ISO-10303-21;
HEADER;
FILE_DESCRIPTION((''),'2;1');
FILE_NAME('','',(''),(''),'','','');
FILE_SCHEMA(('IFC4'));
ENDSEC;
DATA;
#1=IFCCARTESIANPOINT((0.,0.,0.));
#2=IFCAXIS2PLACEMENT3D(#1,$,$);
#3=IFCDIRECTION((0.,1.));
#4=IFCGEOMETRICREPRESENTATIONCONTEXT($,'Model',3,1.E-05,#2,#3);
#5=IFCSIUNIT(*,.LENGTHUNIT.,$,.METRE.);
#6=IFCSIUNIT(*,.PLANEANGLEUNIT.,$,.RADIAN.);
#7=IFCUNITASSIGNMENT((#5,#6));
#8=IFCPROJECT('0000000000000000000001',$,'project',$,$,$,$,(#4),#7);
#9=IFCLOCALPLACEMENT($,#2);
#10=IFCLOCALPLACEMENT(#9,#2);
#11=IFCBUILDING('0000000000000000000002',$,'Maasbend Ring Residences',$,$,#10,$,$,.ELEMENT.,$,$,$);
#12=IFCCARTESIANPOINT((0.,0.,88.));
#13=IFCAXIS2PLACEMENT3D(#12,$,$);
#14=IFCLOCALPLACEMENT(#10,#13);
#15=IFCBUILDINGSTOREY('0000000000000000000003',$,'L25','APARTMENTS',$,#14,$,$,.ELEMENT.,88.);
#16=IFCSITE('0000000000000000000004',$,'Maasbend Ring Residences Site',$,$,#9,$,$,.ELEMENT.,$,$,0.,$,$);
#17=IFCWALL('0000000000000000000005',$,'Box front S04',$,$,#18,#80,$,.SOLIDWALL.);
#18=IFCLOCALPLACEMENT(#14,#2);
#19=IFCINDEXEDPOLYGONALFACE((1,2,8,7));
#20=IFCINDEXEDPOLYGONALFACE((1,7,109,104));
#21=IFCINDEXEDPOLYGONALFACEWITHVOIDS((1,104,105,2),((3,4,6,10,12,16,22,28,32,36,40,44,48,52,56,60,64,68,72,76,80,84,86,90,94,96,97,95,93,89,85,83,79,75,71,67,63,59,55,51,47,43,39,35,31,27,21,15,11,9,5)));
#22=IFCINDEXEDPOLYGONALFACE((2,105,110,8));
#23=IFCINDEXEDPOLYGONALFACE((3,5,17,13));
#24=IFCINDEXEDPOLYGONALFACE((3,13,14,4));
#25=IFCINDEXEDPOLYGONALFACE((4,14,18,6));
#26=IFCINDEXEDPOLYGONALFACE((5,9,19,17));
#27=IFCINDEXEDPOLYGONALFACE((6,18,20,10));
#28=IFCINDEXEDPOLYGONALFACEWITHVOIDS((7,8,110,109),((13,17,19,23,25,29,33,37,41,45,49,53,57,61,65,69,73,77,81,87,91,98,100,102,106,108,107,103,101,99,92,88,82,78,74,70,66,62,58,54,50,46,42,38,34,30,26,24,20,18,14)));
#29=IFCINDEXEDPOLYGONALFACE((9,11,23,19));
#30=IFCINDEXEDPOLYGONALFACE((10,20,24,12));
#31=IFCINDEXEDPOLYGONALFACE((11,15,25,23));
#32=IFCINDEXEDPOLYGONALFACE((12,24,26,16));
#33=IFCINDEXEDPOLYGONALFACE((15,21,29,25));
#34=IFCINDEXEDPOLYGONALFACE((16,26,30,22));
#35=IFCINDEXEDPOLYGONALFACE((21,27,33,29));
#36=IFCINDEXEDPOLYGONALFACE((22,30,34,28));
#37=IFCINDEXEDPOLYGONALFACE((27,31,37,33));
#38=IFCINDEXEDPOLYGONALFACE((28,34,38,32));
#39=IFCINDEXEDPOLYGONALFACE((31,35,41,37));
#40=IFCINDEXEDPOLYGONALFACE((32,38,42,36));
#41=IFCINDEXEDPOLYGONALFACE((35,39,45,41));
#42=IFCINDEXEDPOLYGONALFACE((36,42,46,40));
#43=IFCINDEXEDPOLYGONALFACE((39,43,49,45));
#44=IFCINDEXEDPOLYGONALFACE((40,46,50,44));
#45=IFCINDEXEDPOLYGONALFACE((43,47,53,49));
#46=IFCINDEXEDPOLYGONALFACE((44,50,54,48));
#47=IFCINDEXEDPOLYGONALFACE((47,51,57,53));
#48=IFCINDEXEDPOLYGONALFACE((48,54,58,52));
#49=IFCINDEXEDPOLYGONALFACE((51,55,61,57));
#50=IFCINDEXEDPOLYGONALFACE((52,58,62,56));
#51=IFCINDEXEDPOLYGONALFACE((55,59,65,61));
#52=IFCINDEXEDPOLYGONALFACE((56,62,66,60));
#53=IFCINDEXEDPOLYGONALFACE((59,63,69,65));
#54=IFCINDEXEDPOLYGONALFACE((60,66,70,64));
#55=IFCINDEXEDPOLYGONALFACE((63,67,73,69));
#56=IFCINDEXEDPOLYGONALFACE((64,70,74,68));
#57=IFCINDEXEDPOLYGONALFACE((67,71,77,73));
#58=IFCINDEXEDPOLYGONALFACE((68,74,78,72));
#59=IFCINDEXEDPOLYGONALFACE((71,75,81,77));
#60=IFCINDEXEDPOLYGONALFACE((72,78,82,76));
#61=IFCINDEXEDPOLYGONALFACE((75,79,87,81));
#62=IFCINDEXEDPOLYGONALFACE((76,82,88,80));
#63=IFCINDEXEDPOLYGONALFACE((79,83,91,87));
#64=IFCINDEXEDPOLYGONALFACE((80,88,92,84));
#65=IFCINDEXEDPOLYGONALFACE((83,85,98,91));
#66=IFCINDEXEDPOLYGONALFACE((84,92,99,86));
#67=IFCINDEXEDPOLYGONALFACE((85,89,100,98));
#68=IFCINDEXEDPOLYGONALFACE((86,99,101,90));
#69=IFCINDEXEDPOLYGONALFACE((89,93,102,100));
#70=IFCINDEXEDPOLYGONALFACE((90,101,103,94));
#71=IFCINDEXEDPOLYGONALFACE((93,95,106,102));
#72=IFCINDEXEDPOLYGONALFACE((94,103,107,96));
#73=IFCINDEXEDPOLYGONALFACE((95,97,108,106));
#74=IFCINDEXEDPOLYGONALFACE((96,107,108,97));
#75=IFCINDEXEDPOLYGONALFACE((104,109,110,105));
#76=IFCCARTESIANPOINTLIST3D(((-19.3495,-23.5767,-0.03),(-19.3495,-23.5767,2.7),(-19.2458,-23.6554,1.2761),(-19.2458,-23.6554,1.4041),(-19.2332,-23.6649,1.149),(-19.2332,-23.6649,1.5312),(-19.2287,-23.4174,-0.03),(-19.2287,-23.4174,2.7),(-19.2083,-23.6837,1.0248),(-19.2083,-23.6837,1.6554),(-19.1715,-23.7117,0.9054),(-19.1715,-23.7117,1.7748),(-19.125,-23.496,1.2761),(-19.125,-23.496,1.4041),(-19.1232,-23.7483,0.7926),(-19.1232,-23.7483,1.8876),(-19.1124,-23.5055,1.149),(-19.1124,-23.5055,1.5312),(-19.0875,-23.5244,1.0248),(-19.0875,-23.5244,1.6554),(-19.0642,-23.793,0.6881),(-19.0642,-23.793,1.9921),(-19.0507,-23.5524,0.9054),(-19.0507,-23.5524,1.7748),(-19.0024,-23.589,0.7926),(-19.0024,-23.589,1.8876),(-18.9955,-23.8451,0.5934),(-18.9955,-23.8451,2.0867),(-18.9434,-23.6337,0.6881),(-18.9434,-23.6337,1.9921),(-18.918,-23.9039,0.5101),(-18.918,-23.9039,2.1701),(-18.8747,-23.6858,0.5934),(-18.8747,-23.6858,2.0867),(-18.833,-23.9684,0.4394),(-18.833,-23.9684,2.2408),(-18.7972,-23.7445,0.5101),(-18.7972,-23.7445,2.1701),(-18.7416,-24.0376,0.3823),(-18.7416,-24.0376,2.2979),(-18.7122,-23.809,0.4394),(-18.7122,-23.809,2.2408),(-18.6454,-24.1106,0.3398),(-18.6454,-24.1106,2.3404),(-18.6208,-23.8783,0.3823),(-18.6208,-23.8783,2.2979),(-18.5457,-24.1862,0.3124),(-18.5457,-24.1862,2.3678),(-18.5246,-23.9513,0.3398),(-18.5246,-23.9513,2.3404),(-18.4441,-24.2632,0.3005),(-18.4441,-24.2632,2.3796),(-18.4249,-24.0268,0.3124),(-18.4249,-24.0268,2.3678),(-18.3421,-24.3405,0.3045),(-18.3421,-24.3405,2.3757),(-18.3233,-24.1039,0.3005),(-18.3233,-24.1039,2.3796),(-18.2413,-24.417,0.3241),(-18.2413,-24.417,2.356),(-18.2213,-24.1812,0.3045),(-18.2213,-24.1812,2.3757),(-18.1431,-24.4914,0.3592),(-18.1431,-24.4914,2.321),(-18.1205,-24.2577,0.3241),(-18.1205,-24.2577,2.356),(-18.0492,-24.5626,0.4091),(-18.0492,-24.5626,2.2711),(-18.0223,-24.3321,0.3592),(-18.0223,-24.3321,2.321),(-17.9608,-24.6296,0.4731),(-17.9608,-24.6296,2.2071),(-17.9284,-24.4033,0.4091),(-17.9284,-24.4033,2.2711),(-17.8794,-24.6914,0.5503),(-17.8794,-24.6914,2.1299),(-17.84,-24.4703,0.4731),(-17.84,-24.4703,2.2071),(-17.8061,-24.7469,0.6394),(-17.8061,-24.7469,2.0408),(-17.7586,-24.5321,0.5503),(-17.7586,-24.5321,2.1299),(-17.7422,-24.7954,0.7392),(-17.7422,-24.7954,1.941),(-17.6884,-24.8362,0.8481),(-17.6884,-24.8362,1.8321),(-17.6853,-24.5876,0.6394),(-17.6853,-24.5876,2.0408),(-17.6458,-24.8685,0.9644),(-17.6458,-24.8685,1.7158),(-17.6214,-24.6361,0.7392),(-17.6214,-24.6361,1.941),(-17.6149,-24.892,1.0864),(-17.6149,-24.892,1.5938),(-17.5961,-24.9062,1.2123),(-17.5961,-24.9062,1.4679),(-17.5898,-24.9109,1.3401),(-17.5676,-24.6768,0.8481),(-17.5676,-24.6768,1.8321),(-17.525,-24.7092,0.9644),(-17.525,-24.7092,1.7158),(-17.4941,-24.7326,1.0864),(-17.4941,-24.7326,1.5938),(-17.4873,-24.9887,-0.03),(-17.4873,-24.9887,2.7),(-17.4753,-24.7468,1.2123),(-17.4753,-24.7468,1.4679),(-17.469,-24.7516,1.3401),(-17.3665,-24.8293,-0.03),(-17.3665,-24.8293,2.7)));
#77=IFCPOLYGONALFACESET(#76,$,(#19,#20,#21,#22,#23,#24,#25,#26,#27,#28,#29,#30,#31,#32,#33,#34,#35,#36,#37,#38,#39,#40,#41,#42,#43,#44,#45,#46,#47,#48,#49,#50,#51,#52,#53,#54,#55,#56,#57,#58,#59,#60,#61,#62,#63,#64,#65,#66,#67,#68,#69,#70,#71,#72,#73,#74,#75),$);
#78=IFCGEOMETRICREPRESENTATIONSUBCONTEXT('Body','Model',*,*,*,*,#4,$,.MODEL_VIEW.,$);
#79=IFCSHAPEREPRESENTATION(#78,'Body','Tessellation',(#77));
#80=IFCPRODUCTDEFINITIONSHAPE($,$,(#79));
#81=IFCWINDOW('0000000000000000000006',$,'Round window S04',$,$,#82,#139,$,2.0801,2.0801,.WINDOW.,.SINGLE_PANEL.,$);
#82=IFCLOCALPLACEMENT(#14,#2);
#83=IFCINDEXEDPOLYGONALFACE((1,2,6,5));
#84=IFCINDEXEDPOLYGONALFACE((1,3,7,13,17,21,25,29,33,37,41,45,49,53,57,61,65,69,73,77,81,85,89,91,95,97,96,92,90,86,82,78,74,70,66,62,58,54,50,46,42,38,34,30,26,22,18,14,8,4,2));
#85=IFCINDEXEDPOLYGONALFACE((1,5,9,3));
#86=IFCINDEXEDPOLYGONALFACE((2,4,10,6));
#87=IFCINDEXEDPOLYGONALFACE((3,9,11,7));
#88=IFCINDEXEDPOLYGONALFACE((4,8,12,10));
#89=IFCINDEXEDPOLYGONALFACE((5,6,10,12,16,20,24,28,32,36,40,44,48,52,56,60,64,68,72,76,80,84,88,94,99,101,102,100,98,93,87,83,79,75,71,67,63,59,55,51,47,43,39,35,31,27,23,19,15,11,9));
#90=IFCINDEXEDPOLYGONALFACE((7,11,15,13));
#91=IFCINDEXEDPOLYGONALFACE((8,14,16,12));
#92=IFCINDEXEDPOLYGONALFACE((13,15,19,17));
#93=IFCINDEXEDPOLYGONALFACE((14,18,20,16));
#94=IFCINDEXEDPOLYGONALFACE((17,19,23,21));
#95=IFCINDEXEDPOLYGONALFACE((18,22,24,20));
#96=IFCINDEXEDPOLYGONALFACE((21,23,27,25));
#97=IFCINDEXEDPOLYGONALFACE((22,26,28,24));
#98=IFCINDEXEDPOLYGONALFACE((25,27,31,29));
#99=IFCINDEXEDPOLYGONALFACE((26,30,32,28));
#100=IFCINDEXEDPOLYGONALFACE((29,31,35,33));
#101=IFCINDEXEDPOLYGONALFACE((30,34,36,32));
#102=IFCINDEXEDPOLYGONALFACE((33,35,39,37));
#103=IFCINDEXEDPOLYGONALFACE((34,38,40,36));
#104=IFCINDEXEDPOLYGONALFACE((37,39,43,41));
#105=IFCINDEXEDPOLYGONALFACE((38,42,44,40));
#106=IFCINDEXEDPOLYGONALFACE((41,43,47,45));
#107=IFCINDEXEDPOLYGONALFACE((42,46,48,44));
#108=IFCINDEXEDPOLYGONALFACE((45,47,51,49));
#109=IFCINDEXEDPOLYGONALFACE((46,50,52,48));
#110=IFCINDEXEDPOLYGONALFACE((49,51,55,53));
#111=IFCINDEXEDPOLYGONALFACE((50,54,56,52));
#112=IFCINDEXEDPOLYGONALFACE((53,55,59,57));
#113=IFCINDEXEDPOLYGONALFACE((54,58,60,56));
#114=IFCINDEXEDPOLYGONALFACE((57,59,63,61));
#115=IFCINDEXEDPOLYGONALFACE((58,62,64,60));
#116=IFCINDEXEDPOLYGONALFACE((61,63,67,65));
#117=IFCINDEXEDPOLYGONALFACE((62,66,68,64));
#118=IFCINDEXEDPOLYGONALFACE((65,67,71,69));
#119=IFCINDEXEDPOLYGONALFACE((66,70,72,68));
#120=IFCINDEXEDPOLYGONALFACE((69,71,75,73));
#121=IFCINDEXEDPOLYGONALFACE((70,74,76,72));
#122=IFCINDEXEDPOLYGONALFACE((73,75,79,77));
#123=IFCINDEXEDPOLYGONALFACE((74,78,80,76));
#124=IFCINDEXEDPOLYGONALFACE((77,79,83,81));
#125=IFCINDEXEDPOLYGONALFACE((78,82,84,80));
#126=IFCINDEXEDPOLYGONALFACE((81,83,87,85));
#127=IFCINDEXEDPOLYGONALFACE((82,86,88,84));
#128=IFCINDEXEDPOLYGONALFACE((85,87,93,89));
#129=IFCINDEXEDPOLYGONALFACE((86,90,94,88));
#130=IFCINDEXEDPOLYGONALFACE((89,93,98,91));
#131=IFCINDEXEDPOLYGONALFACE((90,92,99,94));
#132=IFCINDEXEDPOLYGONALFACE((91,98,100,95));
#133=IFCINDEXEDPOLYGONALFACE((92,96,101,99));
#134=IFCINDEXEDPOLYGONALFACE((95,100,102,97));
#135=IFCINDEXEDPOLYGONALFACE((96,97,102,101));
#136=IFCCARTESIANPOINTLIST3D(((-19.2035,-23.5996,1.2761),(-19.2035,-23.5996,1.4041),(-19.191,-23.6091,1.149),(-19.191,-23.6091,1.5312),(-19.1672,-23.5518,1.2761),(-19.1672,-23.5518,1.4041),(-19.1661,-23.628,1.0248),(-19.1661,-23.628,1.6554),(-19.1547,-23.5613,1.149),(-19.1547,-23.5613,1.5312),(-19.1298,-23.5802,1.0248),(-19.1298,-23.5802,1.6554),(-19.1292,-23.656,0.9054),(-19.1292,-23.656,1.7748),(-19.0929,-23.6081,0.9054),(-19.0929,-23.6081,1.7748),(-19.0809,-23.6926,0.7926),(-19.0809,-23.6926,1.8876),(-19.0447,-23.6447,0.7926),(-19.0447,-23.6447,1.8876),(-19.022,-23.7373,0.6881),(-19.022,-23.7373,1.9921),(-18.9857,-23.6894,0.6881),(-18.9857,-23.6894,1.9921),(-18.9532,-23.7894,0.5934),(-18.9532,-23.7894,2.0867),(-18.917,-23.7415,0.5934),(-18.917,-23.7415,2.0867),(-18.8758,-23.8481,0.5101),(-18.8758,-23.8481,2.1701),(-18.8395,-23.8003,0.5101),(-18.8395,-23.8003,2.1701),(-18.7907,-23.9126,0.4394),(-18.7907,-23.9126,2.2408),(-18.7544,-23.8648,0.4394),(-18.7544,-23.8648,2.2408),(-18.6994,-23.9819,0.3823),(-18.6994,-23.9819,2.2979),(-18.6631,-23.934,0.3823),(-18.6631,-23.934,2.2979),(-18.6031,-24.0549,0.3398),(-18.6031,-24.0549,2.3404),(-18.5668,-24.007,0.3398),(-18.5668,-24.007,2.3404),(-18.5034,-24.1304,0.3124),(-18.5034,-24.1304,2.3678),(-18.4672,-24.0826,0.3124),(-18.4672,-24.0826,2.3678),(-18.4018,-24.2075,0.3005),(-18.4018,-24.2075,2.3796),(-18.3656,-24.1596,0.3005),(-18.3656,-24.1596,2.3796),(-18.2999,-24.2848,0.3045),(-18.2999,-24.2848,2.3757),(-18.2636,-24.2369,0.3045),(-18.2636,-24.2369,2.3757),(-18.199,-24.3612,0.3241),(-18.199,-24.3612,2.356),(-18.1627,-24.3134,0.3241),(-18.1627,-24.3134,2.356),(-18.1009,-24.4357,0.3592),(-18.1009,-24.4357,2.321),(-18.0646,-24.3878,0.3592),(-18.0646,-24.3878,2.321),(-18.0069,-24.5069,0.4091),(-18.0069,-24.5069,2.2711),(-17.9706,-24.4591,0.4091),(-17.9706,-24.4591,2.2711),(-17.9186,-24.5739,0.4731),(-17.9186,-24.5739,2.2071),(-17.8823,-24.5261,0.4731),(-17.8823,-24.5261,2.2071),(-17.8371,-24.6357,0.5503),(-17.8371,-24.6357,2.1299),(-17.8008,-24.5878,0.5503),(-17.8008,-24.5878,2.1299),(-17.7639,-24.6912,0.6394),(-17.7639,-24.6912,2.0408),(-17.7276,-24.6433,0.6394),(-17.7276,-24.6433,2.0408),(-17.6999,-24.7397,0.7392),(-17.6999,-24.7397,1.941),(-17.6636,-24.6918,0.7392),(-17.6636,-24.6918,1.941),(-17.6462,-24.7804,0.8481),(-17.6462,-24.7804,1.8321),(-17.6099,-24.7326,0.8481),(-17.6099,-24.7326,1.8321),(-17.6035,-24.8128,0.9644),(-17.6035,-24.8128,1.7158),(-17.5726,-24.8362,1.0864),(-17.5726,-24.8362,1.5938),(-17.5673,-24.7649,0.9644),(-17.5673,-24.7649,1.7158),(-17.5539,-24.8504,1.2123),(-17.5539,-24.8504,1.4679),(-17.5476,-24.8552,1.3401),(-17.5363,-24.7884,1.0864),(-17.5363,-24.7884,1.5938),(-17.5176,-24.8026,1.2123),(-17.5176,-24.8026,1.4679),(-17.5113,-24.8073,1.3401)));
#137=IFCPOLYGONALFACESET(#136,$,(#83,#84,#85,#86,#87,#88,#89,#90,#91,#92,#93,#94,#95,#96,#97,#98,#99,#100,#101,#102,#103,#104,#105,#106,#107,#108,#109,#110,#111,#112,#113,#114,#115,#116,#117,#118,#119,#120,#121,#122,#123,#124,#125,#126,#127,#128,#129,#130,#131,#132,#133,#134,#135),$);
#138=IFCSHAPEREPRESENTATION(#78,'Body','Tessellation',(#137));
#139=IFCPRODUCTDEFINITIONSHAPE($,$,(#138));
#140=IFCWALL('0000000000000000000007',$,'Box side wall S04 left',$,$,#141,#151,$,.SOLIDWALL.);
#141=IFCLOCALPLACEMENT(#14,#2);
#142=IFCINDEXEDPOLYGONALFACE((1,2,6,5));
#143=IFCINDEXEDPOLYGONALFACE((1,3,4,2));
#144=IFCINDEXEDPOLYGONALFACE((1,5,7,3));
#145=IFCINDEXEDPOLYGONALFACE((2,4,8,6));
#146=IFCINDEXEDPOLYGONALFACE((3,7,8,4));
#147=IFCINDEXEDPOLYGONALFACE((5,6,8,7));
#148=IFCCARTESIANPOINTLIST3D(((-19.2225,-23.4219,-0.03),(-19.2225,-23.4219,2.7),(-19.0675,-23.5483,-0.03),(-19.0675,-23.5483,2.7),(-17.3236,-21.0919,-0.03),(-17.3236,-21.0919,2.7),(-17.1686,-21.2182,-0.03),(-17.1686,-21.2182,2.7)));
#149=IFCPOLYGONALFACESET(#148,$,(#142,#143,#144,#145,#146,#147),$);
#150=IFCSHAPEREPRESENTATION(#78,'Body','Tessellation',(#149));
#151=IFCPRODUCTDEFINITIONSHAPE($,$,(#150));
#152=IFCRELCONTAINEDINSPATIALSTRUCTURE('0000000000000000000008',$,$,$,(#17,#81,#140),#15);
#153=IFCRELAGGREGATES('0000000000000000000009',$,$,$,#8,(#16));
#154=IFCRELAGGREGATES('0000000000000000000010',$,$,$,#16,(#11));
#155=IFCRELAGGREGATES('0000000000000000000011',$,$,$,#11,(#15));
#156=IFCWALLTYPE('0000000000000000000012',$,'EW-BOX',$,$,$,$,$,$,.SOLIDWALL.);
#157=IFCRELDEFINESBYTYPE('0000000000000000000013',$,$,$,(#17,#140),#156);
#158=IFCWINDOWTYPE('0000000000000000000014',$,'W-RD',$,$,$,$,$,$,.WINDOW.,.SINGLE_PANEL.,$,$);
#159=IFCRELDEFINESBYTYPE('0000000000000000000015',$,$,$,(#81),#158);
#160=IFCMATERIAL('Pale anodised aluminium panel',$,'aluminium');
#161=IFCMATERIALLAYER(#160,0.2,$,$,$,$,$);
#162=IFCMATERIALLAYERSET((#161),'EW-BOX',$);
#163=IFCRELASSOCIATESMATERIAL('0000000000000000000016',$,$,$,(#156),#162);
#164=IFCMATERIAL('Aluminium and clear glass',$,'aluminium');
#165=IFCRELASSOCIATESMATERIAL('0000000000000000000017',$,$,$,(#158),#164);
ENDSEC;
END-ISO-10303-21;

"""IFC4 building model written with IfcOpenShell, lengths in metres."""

from ifc_helpers import new_model, si_unit, direction, frame, frame_2d, origin, place, context, subcontext, project, spatial, rectangle, circle, extrude, material, layer, layer_set, type_object, element, fill, save


model = new_model("IFC4")

# Units and contexts
model_context = context("Model", 3, precision=1e-05, world=origin(), true_north=direction((0.0, 1.0)))
body_context = subcontext(model_context, "Body", "Model", "MODEL_VIEW")
ifc_project = project(units=[si_unit("LENGTHUNIT", "METRE"), si_unit("PLANEANGLEUNIT", "RADIAN")], contexts=[model_context])

# Site, building, storey
site_placement = place(None, origin())
site = spatial("IfcSite", under=ifc_project, at=site_placement, Name="Maasbend Ring Residences Site", CompositionType="ELEMENT", RefElevation=0.0)
building_placement = place(site_placement, origin())
building = spatial("IfcBuilding", under=site, at=building_placement, Name="Maasbend Ring Residences", CompositionType="ELEMENT")
storey_placement = place(building_placement, frame((0.0, 0.0, 88.0)))
storey = spatial("IfcBuildingStorey", under=building, at=storey_placement, Name="L25", Description="APARTMENTS", CompositionType="ELEMENT", Elevation=88.0)

# Shared definitions
ifc_material_1 = material(Name="Pale anodised aluminium panel", Category="aluminium")
ifc_layer_1 = layer(ifc_material_1, 0.2)
ifc_layer_set_1 = layer_set([ifc_layer_1], Name="EW-BOX")
wall_type_1 = type_object("IfcWallType", Name="EW-BOX", PredefinedType="SOLIDWALL", material=ifc_layer_set_1)
ifc_material_2 = material(Name="Aluminium and clear glass", Category="aluminium")
window_type_1 = type_object("IfcWindowType", Name="W-RD", PartitioningType="SINGLE_PANEL", PredefinedType="WINDOW", material=ifc_material_2)

# Wall, opening, window
wall_1_placement = place(storey_placement, frame((-19.2891, -23.4971, -0.03), z_axis=(0.0, 0.0, 1.0), x_axis=(0.796842, -0.604188, 0.0)))
wall_1 = element("IfcWall", 1, at=wall_1_placement, inside=storey, type_object=wall_type_1, Name="Box front S04", PredefinedType="SOLIDWALL", context=body_context, shape_type="SweptSolid", body=[
    extrude(rectangle(XDim=2.3369, YDim=0.2, at=frame_2d((1.1685, 0.0))), origin(), (0.0, 0.0, 1.0), 2.73),
])
opening_1_placement = place(wall_1_placement, frame((0.1282, 0.0, 0.3301)))
opening_1 = element("IfcOpeningElement", 2, at=opening_1_placement, cuts=wall_1, PredefinedType="OPENING", context=body_context, shape_type="SweptSolid", body=[
    extrude(circle(Radius=1.04, at=frame_2d((1.04, 1.04))), frame((0.0, 0.1099, 0.0), z_axis=(0.0, -1.0, 0.0), x_axis=(1.0, 0.0, 0.0)), (0.0, 0.0, 1.0), 0.22),
])
window_1_placement = place(opening_1_placement, origin())
window_1 = element("IfcWindow", 3, at=window_1_placement, inside=storey, type_object=window_type_1, Name="Round window S04", OverallHeight=2.0801, OverallWidth=2.0801, PartitioningType="SINGLE_PANEL", PredefinedType="WINDOW", context=body_context, shape_type="SweptSolid", body=[
    extrude(circle(Radius=1.04, at=frame_2d((1.04, 1.04))), frame((0.0, 0.03, 0.0), z_axis=(0.0, -1.0, 0.0), x_axis=(1.0, 0.0, 0.0)), (0.0, 0.0, 1.0), 0.0601),
])
fill(opening_1, window_1)

# Wall
wall_2_placement = place(storey_placement, frame((-17.2461, -21.155, -0.03), z_axis=(0.0, 0.0, 1.0), x_axis=(-0.631742, -0.775179, 0.0)))
element("IfcWall", 4, at=wall_2_placement, inside=storey, type_object=wall_type_1, Name="Box side wall S04 left", PredefinedType="SOLIDWALL", context=body_context, shape_type="SweptSolid", body=[
    extrude(rectangle(XDim=3.0059, YDim=0.2, at=frame_2d((1.5029, 0.0))), origin(), (0.0, 0.0, 1.0), 2.73),
])

save(model, "model.ifc")
